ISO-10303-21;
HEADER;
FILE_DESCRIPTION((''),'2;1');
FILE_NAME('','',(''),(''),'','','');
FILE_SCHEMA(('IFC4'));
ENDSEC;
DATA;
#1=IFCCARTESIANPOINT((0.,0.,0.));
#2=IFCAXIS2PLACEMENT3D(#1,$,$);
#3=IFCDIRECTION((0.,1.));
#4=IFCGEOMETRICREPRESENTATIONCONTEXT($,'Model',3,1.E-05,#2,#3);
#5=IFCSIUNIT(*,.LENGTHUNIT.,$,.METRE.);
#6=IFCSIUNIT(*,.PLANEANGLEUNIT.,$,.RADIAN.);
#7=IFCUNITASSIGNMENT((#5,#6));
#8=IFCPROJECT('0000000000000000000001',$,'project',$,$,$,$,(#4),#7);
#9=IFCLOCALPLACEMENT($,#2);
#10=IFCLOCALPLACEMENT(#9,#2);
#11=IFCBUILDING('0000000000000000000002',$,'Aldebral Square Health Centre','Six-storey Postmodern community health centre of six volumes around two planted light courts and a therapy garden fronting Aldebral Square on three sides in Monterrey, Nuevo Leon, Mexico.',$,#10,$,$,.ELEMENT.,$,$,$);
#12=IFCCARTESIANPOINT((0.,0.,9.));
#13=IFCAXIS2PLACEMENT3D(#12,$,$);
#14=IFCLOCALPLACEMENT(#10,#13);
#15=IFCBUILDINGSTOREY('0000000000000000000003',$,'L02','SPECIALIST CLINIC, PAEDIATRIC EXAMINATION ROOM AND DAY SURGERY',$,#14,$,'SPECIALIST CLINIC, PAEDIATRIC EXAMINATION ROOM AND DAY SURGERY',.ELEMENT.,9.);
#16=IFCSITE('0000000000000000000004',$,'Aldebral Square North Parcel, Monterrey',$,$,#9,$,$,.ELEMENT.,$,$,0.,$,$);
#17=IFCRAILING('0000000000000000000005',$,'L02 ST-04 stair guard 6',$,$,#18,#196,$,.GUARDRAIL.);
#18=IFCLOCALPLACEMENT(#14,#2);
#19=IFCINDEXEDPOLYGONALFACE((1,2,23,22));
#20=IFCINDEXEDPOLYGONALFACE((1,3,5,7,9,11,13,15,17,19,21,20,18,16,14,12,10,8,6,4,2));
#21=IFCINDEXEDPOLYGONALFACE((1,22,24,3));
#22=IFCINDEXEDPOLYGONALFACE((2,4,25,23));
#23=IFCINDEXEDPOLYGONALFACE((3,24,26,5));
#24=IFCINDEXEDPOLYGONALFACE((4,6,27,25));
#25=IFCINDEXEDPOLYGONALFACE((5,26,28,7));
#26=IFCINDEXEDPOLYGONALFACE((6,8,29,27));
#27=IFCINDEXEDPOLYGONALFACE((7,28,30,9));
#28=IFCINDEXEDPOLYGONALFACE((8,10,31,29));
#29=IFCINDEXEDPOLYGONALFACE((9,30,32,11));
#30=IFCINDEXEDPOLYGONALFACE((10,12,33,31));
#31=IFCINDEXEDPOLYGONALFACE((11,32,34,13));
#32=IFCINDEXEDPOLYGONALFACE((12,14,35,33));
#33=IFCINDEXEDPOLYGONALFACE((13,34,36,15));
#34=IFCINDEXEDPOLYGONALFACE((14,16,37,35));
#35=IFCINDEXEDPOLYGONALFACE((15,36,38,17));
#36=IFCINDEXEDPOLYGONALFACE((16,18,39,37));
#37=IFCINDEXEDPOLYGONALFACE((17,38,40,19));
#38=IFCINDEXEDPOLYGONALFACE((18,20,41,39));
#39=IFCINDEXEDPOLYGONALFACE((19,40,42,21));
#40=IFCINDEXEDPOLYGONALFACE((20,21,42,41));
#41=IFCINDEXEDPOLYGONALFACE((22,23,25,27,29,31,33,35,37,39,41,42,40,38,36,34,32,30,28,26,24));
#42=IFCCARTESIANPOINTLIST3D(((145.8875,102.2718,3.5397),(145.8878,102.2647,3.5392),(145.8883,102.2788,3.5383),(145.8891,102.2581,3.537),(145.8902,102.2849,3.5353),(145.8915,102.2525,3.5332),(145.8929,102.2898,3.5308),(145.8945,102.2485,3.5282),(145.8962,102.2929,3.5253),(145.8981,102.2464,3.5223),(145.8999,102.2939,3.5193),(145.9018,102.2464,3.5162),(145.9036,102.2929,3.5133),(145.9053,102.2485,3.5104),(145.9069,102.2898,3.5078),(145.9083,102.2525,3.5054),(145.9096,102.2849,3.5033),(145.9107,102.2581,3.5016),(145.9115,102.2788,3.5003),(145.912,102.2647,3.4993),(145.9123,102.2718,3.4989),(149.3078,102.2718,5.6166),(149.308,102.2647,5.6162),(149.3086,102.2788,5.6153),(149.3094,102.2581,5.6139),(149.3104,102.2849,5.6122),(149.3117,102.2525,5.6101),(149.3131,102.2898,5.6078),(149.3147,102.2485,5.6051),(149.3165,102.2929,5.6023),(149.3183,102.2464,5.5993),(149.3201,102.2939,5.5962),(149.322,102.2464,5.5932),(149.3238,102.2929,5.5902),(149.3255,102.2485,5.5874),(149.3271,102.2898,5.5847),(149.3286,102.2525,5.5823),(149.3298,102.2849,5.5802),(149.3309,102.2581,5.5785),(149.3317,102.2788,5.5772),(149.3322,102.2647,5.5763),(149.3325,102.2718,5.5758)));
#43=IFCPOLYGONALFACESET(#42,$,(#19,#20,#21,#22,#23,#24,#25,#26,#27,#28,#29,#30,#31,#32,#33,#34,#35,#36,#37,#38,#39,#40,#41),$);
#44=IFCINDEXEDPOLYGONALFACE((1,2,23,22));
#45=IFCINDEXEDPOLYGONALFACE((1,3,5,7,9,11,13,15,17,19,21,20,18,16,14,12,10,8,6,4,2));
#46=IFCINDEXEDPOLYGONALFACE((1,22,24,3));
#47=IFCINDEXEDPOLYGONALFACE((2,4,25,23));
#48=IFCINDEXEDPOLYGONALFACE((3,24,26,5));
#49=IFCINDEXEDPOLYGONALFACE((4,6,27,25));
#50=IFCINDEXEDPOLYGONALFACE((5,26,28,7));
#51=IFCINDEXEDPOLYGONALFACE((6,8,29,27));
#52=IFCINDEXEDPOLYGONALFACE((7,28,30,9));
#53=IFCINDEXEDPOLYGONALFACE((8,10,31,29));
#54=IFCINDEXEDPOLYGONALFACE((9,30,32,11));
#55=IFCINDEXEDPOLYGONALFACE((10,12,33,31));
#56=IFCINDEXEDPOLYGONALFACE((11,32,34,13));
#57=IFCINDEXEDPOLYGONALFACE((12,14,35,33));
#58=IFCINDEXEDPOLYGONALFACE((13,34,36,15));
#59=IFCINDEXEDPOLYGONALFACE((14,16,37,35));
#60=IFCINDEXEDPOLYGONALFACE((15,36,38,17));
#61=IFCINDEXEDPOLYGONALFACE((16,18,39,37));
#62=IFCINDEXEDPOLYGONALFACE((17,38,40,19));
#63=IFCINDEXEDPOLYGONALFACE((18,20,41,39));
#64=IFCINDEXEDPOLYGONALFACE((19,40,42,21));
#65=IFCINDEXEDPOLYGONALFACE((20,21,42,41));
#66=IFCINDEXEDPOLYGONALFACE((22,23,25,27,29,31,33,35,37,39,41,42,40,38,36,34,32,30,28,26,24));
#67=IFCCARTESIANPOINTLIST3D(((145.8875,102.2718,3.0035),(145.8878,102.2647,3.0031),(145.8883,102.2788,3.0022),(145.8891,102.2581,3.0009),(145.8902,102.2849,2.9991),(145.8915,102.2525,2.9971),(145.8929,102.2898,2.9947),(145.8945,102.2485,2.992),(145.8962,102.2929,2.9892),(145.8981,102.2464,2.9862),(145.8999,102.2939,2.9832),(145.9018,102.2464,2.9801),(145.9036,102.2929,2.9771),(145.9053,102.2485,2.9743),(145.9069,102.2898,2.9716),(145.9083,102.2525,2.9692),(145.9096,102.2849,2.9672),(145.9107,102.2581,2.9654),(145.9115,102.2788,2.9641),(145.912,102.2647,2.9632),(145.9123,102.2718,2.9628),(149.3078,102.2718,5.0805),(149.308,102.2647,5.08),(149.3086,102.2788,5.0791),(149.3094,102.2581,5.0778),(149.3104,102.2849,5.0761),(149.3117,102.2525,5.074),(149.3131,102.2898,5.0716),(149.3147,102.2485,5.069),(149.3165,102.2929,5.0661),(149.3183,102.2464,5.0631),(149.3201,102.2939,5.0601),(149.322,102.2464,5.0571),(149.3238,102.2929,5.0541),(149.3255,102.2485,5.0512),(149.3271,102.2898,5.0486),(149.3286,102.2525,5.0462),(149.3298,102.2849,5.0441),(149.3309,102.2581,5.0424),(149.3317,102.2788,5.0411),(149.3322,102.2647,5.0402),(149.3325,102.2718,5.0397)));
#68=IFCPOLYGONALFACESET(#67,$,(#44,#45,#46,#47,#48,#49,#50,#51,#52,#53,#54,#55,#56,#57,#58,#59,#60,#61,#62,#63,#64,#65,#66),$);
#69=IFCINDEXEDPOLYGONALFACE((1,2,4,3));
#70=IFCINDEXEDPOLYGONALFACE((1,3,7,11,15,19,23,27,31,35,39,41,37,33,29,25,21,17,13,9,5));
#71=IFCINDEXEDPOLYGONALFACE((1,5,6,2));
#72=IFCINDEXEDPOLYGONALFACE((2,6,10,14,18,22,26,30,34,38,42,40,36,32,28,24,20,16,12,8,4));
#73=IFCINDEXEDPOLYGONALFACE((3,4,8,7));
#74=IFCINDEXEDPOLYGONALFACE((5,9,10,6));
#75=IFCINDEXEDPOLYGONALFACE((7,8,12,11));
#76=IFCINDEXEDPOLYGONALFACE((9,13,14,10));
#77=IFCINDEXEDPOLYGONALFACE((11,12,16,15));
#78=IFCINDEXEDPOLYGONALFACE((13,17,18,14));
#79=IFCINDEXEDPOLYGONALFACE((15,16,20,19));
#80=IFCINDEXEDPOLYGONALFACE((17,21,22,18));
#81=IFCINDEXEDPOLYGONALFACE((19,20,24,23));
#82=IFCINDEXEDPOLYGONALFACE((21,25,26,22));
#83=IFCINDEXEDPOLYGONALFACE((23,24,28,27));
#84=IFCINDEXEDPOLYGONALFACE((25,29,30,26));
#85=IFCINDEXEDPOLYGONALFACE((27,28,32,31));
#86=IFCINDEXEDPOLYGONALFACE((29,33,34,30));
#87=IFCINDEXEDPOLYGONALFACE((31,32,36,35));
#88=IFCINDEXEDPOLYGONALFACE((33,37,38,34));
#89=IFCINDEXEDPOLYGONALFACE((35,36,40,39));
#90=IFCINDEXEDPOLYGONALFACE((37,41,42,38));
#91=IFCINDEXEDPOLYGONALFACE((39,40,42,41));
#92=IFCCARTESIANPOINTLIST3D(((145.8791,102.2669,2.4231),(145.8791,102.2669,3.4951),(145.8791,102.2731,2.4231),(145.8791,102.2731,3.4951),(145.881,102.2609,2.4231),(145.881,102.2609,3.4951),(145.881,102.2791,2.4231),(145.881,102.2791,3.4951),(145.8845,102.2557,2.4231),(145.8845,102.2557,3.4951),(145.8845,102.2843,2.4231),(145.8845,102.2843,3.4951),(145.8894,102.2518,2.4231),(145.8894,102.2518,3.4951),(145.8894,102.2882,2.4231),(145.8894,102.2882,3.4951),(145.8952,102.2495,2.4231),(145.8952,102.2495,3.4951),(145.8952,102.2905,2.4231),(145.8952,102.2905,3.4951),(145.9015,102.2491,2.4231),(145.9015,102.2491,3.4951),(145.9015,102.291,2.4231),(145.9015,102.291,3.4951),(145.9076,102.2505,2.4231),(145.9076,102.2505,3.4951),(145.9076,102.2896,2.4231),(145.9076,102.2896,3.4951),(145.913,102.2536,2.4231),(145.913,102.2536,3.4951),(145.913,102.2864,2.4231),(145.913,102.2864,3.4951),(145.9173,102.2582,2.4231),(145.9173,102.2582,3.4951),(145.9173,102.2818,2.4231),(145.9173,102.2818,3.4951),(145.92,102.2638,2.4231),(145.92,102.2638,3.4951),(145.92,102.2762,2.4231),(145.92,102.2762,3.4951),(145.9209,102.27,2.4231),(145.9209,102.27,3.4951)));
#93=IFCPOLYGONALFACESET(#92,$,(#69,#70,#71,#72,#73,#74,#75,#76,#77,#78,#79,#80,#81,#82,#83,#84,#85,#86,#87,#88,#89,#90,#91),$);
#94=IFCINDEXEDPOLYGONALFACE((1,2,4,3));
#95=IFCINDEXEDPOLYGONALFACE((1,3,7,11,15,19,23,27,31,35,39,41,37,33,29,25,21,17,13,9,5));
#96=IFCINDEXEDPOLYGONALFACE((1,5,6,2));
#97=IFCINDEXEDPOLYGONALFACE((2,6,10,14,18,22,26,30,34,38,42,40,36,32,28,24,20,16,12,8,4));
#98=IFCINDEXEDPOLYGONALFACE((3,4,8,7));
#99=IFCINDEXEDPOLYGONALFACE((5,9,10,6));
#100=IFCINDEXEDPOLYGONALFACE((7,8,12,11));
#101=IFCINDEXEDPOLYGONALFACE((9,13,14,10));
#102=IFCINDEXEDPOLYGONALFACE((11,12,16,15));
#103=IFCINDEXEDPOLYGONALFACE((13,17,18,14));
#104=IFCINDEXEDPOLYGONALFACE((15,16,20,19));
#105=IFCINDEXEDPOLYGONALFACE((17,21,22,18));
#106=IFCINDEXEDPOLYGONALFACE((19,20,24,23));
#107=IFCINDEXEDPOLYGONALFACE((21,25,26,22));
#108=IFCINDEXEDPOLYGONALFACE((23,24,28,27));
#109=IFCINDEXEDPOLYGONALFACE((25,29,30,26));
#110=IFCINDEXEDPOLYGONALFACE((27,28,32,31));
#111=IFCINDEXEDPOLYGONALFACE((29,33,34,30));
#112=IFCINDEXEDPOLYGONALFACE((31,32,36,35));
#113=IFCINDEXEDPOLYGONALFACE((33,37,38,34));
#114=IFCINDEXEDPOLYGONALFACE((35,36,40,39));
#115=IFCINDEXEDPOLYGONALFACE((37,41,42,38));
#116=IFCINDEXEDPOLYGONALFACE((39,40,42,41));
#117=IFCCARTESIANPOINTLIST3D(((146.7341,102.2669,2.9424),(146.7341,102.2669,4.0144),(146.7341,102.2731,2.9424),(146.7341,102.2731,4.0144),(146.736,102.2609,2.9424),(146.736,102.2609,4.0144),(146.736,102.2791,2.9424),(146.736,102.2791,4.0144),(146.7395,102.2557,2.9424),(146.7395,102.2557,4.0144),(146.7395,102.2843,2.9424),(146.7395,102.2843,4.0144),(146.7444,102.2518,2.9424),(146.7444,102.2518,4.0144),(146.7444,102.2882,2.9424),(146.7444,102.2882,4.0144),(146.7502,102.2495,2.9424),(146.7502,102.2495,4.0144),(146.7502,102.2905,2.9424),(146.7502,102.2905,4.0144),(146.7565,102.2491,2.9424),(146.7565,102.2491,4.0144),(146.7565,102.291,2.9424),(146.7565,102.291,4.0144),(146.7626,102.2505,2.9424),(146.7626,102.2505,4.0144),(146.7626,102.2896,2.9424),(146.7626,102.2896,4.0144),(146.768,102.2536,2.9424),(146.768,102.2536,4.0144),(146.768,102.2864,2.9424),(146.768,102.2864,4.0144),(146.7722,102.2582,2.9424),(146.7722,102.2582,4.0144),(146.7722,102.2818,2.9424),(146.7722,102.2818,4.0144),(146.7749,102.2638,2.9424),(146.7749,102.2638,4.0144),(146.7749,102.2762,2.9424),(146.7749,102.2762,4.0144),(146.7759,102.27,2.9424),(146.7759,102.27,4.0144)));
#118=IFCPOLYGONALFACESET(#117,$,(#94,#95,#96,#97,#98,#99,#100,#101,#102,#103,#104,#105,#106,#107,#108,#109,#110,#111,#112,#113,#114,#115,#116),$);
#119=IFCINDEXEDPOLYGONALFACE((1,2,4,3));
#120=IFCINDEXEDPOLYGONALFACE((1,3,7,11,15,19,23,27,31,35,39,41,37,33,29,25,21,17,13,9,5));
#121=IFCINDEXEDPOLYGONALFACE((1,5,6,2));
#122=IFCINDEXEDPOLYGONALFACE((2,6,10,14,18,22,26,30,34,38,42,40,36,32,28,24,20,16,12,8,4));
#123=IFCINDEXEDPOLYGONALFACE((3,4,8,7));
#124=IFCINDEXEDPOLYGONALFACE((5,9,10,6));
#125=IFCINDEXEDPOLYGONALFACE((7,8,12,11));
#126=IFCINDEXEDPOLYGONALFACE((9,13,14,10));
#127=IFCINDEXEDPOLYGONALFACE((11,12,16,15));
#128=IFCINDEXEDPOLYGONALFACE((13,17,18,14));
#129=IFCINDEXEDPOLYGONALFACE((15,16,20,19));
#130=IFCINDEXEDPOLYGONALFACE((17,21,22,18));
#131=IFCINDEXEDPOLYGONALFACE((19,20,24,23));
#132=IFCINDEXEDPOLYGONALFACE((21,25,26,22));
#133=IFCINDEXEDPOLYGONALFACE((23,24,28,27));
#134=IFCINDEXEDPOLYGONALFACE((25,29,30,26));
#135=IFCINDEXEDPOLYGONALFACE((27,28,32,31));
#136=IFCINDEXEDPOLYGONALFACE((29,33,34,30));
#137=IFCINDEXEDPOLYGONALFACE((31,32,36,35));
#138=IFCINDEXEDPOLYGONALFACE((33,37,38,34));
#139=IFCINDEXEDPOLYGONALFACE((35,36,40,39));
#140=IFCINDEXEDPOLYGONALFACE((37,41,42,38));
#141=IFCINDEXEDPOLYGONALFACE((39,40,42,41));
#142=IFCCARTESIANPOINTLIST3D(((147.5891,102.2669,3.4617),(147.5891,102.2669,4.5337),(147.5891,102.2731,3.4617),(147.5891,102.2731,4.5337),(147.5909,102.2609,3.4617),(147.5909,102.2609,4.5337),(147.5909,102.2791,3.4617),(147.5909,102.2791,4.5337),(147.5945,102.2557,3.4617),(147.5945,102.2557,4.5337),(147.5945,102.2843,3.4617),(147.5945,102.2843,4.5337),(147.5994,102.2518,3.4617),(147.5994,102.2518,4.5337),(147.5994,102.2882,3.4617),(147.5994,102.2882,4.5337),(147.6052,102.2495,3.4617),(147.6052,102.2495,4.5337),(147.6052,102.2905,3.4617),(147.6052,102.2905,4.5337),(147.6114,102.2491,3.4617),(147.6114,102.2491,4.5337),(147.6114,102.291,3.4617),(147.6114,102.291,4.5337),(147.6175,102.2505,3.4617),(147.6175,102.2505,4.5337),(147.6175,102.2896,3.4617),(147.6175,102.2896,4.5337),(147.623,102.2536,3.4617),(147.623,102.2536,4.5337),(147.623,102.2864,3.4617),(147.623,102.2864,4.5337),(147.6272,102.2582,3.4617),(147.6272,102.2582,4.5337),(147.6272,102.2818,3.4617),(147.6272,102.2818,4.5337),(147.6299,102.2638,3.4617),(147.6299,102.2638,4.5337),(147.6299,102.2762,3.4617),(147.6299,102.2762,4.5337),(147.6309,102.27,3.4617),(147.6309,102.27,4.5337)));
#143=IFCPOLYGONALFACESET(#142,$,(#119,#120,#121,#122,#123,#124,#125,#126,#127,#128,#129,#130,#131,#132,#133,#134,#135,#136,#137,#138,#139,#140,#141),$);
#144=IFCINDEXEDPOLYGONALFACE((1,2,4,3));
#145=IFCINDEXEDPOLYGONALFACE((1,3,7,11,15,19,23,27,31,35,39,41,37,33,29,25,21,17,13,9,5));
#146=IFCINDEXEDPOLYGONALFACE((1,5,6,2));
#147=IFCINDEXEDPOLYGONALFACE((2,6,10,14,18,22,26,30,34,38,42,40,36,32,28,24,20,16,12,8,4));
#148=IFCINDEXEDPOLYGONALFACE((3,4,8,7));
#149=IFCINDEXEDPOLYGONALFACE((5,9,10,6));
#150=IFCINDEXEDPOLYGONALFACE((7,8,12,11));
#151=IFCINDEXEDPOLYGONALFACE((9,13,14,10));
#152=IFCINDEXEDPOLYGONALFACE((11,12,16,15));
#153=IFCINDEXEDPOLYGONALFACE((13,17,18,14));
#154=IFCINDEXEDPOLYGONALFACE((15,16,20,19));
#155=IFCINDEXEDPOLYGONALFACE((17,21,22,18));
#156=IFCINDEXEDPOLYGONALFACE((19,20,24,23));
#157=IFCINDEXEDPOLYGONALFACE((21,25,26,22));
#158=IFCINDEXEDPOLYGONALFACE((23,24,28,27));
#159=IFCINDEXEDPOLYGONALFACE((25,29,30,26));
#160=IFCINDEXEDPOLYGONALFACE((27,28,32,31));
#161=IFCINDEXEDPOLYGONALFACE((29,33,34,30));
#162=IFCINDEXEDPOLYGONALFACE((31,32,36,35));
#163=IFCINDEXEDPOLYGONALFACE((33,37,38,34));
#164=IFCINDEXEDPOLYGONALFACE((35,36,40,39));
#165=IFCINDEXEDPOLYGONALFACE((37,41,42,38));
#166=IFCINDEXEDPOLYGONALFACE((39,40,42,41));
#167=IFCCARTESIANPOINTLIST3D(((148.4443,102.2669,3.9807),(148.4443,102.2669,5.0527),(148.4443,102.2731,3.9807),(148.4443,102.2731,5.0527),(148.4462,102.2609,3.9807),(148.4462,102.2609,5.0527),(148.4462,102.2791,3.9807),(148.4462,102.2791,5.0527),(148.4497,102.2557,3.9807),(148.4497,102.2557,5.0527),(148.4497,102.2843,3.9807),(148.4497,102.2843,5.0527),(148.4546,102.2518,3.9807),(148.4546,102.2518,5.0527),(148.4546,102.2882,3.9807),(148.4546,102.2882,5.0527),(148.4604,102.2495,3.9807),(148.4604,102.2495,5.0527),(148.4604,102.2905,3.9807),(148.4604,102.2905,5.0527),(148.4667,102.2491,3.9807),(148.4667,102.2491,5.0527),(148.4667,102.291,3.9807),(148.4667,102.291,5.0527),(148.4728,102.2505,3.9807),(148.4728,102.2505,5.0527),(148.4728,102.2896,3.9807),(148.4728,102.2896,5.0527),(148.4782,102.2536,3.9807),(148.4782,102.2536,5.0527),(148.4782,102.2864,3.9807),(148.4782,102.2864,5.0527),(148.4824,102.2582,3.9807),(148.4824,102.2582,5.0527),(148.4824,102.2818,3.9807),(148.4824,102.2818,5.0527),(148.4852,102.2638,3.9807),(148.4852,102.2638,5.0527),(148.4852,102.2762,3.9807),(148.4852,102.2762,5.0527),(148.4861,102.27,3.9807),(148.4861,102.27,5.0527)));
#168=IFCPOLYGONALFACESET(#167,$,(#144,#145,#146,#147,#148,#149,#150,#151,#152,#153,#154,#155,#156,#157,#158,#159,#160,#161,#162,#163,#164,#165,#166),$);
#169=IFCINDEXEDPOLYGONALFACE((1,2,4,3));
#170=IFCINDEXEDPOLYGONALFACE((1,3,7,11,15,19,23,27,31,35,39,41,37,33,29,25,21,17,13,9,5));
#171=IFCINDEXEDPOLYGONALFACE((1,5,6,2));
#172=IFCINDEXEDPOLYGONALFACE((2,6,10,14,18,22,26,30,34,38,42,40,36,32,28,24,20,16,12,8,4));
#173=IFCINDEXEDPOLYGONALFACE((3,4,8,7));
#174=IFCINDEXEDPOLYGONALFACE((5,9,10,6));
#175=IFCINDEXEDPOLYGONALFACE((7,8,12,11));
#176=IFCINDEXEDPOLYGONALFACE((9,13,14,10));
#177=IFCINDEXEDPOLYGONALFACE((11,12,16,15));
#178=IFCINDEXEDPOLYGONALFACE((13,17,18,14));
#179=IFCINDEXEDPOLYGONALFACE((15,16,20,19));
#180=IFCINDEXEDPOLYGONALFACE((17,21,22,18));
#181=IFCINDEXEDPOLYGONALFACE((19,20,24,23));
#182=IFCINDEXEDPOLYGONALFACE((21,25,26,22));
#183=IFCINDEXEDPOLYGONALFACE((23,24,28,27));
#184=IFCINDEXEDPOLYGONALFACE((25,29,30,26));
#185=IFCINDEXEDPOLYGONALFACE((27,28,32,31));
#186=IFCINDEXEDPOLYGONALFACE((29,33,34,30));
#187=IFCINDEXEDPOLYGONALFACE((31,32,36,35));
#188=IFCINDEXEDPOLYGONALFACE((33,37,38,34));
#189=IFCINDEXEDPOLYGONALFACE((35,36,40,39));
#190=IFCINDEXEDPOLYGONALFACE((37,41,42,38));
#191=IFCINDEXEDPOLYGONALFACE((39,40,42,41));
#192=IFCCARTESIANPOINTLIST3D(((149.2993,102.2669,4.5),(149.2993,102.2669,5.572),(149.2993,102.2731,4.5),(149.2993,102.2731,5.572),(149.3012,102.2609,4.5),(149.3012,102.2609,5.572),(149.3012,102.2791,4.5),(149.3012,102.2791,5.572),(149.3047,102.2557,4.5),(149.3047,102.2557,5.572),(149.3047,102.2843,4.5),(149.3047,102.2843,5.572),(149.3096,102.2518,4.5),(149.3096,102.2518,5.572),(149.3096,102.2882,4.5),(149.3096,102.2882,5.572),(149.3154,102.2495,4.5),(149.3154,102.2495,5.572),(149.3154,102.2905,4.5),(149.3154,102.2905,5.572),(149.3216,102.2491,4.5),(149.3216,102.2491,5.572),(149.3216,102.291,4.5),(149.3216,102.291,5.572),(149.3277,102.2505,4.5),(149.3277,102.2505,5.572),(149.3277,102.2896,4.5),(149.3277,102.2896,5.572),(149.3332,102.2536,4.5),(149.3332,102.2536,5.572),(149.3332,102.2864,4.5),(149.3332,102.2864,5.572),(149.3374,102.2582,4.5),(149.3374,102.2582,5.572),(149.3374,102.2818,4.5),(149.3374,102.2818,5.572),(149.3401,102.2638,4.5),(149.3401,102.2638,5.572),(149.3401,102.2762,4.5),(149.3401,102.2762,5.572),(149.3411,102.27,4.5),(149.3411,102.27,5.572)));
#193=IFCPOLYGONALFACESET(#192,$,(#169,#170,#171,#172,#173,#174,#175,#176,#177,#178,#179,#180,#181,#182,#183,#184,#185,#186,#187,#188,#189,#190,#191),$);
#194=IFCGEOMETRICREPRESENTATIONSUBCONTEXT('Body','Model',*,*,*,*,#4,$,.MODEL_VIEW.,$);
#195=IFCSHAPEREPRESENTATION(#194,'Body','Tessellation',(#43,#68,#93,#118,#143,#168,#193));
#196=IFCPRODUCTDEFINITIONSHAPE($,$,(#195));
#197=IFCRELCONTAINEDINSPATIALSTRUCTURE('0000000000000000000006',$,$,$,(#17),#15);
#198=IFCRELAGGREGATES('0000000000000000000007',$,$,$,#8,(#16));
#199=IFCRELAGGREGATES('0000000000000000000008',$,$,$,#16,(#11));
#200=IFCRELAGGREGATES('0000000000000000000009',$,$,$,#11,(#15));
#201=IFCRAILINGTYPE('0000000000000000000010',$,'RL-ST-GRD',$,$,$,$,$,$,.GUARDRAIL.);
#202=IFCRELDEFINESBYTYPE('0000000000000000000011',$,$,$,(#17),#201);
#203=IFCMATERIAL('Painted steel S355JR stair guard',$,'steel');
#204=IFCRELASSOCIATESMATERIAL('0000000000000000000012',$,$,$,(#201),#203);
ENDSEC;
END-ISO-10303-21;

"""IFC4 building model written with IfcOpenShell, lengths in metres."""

from ifc_helpers import new_model, si_unit, direction, frame, origin, origin_2d, place, context, subcontext, project, spatial, circle, extrude, material, type_object, element, save


model = new_model("IFC4")

# Units and contexts
model_context = context("Model", 3, precision=1e-05, world=origin(), true_north=direction((0.0, 1.0)))
body_context = subcontext(model_context, "Body", "Model", "MODEL_VIEW")
ifc_project = project(units=[si_unit("LENGTHUNIT", "METRE"), si_unit("PLANEANGLEUNIT", "RADIAN")], contexts=[model_context])

# Site, building, storey
site_placement = place(None, origin())
site = spatial("IfcSite", under=ifc_project, at=site_placement, Name="Aldebral Square North Parcel, Monterrey", CompositionType="ELEMENT", RefElevation=0.0)
building_placement = place(site_placement, origin())
building = spatial("IfcBuilding", under=site, at=building_placement, Name="Aldebral Square Health Centre", Description="Six-storey Postmodern community health centre of six volumes around two planted light courts and a therapy garden fronting Aldebral Square on three sides in Monterrey, Nuevo Leon, Mexico.", CompositionType="ELEMENT")
storey_placement = place(building_placement, frame((0.0, 0.0, 9.0)))
storey = spatial("IfcBuildingStorey", under=building, at=storey_placement, Name="L02", Description="SPECIALIST CLINIC, PAEDIATRIC EXAMINATION ROOM AND DAY SURGERY", LongName="SPECIALIST CLINIC, PAEDIATRIC EXAMINATION ROOM AND DAY SURGERY", CompositionType="ELEMENT", Elevation=9.0)

# Railing
ifc_material_1 = material(Name="Painted steel S355JR stair guard", Category="steel")
railing_type = type_object("IfcRailingType", Name="RL-ST-GRD", PredefinedType="GUARDRAIL", material=ifc_material_1)
railing_1_placement = place(storey_placement, frame((145.8999, 102.27, 2.4231)))
element("IfcRailing", 1, at=railing_1_placement, inside=storey, type_object=railing_type, Name="L02 ST-04 stair guard 6", PredefinedType="GUARDRAIL", context=body_context, shape_type="SweptSolid", body=[
    extrude(circle(Radius=0.0239, at=origin_2d()), frame((0.0, 0.0, 1.0962), z_axis=(0.854746, 0.0, 0.519047), x_axis=(0.0, 1.0, 0.0)), (0.0, 0.0, 1.0), 4.0015),
    extrude(circle(Radius=0.0239, at=origin_2d()), frame((0.0, 0.0, 0.5601), z_axis=(0.854746, 0.0, 0.519047), x_axis=(0.0, 1.0, 0.0)), (0.0, 0.0, 1.0), 4.0015),
    extrude(circle(Radius=0.021, at=origin_2d()), origin(), (0.0, 0.0, 1.0), 1.072),
    extrude(circle(Radius=0.021, at=origin_2d()), frame((0.855, 0.0, 0.5193)), (0.0, 0.0, 1.0), 1.072),
    extrude(circle(Radius=0.021, at=origin_2d()), frame((1.71, 0.0, 1.0386)), (0.0, 0.0, 1.0), 1.072),
    extrude(circle(Radius=0.021, at=origin_2d()), frame((2.5652, 0.0, 1.5576)), (0.0, 0.0, 1.0), 1.072),
    extrude(circle(Radius=0.021, at=origin_2d()), frame((3.4202, 0.0, 2.0769)), (0.0, 0.0, 1.0), 1.072),
])

save(model, "model.ifc")
